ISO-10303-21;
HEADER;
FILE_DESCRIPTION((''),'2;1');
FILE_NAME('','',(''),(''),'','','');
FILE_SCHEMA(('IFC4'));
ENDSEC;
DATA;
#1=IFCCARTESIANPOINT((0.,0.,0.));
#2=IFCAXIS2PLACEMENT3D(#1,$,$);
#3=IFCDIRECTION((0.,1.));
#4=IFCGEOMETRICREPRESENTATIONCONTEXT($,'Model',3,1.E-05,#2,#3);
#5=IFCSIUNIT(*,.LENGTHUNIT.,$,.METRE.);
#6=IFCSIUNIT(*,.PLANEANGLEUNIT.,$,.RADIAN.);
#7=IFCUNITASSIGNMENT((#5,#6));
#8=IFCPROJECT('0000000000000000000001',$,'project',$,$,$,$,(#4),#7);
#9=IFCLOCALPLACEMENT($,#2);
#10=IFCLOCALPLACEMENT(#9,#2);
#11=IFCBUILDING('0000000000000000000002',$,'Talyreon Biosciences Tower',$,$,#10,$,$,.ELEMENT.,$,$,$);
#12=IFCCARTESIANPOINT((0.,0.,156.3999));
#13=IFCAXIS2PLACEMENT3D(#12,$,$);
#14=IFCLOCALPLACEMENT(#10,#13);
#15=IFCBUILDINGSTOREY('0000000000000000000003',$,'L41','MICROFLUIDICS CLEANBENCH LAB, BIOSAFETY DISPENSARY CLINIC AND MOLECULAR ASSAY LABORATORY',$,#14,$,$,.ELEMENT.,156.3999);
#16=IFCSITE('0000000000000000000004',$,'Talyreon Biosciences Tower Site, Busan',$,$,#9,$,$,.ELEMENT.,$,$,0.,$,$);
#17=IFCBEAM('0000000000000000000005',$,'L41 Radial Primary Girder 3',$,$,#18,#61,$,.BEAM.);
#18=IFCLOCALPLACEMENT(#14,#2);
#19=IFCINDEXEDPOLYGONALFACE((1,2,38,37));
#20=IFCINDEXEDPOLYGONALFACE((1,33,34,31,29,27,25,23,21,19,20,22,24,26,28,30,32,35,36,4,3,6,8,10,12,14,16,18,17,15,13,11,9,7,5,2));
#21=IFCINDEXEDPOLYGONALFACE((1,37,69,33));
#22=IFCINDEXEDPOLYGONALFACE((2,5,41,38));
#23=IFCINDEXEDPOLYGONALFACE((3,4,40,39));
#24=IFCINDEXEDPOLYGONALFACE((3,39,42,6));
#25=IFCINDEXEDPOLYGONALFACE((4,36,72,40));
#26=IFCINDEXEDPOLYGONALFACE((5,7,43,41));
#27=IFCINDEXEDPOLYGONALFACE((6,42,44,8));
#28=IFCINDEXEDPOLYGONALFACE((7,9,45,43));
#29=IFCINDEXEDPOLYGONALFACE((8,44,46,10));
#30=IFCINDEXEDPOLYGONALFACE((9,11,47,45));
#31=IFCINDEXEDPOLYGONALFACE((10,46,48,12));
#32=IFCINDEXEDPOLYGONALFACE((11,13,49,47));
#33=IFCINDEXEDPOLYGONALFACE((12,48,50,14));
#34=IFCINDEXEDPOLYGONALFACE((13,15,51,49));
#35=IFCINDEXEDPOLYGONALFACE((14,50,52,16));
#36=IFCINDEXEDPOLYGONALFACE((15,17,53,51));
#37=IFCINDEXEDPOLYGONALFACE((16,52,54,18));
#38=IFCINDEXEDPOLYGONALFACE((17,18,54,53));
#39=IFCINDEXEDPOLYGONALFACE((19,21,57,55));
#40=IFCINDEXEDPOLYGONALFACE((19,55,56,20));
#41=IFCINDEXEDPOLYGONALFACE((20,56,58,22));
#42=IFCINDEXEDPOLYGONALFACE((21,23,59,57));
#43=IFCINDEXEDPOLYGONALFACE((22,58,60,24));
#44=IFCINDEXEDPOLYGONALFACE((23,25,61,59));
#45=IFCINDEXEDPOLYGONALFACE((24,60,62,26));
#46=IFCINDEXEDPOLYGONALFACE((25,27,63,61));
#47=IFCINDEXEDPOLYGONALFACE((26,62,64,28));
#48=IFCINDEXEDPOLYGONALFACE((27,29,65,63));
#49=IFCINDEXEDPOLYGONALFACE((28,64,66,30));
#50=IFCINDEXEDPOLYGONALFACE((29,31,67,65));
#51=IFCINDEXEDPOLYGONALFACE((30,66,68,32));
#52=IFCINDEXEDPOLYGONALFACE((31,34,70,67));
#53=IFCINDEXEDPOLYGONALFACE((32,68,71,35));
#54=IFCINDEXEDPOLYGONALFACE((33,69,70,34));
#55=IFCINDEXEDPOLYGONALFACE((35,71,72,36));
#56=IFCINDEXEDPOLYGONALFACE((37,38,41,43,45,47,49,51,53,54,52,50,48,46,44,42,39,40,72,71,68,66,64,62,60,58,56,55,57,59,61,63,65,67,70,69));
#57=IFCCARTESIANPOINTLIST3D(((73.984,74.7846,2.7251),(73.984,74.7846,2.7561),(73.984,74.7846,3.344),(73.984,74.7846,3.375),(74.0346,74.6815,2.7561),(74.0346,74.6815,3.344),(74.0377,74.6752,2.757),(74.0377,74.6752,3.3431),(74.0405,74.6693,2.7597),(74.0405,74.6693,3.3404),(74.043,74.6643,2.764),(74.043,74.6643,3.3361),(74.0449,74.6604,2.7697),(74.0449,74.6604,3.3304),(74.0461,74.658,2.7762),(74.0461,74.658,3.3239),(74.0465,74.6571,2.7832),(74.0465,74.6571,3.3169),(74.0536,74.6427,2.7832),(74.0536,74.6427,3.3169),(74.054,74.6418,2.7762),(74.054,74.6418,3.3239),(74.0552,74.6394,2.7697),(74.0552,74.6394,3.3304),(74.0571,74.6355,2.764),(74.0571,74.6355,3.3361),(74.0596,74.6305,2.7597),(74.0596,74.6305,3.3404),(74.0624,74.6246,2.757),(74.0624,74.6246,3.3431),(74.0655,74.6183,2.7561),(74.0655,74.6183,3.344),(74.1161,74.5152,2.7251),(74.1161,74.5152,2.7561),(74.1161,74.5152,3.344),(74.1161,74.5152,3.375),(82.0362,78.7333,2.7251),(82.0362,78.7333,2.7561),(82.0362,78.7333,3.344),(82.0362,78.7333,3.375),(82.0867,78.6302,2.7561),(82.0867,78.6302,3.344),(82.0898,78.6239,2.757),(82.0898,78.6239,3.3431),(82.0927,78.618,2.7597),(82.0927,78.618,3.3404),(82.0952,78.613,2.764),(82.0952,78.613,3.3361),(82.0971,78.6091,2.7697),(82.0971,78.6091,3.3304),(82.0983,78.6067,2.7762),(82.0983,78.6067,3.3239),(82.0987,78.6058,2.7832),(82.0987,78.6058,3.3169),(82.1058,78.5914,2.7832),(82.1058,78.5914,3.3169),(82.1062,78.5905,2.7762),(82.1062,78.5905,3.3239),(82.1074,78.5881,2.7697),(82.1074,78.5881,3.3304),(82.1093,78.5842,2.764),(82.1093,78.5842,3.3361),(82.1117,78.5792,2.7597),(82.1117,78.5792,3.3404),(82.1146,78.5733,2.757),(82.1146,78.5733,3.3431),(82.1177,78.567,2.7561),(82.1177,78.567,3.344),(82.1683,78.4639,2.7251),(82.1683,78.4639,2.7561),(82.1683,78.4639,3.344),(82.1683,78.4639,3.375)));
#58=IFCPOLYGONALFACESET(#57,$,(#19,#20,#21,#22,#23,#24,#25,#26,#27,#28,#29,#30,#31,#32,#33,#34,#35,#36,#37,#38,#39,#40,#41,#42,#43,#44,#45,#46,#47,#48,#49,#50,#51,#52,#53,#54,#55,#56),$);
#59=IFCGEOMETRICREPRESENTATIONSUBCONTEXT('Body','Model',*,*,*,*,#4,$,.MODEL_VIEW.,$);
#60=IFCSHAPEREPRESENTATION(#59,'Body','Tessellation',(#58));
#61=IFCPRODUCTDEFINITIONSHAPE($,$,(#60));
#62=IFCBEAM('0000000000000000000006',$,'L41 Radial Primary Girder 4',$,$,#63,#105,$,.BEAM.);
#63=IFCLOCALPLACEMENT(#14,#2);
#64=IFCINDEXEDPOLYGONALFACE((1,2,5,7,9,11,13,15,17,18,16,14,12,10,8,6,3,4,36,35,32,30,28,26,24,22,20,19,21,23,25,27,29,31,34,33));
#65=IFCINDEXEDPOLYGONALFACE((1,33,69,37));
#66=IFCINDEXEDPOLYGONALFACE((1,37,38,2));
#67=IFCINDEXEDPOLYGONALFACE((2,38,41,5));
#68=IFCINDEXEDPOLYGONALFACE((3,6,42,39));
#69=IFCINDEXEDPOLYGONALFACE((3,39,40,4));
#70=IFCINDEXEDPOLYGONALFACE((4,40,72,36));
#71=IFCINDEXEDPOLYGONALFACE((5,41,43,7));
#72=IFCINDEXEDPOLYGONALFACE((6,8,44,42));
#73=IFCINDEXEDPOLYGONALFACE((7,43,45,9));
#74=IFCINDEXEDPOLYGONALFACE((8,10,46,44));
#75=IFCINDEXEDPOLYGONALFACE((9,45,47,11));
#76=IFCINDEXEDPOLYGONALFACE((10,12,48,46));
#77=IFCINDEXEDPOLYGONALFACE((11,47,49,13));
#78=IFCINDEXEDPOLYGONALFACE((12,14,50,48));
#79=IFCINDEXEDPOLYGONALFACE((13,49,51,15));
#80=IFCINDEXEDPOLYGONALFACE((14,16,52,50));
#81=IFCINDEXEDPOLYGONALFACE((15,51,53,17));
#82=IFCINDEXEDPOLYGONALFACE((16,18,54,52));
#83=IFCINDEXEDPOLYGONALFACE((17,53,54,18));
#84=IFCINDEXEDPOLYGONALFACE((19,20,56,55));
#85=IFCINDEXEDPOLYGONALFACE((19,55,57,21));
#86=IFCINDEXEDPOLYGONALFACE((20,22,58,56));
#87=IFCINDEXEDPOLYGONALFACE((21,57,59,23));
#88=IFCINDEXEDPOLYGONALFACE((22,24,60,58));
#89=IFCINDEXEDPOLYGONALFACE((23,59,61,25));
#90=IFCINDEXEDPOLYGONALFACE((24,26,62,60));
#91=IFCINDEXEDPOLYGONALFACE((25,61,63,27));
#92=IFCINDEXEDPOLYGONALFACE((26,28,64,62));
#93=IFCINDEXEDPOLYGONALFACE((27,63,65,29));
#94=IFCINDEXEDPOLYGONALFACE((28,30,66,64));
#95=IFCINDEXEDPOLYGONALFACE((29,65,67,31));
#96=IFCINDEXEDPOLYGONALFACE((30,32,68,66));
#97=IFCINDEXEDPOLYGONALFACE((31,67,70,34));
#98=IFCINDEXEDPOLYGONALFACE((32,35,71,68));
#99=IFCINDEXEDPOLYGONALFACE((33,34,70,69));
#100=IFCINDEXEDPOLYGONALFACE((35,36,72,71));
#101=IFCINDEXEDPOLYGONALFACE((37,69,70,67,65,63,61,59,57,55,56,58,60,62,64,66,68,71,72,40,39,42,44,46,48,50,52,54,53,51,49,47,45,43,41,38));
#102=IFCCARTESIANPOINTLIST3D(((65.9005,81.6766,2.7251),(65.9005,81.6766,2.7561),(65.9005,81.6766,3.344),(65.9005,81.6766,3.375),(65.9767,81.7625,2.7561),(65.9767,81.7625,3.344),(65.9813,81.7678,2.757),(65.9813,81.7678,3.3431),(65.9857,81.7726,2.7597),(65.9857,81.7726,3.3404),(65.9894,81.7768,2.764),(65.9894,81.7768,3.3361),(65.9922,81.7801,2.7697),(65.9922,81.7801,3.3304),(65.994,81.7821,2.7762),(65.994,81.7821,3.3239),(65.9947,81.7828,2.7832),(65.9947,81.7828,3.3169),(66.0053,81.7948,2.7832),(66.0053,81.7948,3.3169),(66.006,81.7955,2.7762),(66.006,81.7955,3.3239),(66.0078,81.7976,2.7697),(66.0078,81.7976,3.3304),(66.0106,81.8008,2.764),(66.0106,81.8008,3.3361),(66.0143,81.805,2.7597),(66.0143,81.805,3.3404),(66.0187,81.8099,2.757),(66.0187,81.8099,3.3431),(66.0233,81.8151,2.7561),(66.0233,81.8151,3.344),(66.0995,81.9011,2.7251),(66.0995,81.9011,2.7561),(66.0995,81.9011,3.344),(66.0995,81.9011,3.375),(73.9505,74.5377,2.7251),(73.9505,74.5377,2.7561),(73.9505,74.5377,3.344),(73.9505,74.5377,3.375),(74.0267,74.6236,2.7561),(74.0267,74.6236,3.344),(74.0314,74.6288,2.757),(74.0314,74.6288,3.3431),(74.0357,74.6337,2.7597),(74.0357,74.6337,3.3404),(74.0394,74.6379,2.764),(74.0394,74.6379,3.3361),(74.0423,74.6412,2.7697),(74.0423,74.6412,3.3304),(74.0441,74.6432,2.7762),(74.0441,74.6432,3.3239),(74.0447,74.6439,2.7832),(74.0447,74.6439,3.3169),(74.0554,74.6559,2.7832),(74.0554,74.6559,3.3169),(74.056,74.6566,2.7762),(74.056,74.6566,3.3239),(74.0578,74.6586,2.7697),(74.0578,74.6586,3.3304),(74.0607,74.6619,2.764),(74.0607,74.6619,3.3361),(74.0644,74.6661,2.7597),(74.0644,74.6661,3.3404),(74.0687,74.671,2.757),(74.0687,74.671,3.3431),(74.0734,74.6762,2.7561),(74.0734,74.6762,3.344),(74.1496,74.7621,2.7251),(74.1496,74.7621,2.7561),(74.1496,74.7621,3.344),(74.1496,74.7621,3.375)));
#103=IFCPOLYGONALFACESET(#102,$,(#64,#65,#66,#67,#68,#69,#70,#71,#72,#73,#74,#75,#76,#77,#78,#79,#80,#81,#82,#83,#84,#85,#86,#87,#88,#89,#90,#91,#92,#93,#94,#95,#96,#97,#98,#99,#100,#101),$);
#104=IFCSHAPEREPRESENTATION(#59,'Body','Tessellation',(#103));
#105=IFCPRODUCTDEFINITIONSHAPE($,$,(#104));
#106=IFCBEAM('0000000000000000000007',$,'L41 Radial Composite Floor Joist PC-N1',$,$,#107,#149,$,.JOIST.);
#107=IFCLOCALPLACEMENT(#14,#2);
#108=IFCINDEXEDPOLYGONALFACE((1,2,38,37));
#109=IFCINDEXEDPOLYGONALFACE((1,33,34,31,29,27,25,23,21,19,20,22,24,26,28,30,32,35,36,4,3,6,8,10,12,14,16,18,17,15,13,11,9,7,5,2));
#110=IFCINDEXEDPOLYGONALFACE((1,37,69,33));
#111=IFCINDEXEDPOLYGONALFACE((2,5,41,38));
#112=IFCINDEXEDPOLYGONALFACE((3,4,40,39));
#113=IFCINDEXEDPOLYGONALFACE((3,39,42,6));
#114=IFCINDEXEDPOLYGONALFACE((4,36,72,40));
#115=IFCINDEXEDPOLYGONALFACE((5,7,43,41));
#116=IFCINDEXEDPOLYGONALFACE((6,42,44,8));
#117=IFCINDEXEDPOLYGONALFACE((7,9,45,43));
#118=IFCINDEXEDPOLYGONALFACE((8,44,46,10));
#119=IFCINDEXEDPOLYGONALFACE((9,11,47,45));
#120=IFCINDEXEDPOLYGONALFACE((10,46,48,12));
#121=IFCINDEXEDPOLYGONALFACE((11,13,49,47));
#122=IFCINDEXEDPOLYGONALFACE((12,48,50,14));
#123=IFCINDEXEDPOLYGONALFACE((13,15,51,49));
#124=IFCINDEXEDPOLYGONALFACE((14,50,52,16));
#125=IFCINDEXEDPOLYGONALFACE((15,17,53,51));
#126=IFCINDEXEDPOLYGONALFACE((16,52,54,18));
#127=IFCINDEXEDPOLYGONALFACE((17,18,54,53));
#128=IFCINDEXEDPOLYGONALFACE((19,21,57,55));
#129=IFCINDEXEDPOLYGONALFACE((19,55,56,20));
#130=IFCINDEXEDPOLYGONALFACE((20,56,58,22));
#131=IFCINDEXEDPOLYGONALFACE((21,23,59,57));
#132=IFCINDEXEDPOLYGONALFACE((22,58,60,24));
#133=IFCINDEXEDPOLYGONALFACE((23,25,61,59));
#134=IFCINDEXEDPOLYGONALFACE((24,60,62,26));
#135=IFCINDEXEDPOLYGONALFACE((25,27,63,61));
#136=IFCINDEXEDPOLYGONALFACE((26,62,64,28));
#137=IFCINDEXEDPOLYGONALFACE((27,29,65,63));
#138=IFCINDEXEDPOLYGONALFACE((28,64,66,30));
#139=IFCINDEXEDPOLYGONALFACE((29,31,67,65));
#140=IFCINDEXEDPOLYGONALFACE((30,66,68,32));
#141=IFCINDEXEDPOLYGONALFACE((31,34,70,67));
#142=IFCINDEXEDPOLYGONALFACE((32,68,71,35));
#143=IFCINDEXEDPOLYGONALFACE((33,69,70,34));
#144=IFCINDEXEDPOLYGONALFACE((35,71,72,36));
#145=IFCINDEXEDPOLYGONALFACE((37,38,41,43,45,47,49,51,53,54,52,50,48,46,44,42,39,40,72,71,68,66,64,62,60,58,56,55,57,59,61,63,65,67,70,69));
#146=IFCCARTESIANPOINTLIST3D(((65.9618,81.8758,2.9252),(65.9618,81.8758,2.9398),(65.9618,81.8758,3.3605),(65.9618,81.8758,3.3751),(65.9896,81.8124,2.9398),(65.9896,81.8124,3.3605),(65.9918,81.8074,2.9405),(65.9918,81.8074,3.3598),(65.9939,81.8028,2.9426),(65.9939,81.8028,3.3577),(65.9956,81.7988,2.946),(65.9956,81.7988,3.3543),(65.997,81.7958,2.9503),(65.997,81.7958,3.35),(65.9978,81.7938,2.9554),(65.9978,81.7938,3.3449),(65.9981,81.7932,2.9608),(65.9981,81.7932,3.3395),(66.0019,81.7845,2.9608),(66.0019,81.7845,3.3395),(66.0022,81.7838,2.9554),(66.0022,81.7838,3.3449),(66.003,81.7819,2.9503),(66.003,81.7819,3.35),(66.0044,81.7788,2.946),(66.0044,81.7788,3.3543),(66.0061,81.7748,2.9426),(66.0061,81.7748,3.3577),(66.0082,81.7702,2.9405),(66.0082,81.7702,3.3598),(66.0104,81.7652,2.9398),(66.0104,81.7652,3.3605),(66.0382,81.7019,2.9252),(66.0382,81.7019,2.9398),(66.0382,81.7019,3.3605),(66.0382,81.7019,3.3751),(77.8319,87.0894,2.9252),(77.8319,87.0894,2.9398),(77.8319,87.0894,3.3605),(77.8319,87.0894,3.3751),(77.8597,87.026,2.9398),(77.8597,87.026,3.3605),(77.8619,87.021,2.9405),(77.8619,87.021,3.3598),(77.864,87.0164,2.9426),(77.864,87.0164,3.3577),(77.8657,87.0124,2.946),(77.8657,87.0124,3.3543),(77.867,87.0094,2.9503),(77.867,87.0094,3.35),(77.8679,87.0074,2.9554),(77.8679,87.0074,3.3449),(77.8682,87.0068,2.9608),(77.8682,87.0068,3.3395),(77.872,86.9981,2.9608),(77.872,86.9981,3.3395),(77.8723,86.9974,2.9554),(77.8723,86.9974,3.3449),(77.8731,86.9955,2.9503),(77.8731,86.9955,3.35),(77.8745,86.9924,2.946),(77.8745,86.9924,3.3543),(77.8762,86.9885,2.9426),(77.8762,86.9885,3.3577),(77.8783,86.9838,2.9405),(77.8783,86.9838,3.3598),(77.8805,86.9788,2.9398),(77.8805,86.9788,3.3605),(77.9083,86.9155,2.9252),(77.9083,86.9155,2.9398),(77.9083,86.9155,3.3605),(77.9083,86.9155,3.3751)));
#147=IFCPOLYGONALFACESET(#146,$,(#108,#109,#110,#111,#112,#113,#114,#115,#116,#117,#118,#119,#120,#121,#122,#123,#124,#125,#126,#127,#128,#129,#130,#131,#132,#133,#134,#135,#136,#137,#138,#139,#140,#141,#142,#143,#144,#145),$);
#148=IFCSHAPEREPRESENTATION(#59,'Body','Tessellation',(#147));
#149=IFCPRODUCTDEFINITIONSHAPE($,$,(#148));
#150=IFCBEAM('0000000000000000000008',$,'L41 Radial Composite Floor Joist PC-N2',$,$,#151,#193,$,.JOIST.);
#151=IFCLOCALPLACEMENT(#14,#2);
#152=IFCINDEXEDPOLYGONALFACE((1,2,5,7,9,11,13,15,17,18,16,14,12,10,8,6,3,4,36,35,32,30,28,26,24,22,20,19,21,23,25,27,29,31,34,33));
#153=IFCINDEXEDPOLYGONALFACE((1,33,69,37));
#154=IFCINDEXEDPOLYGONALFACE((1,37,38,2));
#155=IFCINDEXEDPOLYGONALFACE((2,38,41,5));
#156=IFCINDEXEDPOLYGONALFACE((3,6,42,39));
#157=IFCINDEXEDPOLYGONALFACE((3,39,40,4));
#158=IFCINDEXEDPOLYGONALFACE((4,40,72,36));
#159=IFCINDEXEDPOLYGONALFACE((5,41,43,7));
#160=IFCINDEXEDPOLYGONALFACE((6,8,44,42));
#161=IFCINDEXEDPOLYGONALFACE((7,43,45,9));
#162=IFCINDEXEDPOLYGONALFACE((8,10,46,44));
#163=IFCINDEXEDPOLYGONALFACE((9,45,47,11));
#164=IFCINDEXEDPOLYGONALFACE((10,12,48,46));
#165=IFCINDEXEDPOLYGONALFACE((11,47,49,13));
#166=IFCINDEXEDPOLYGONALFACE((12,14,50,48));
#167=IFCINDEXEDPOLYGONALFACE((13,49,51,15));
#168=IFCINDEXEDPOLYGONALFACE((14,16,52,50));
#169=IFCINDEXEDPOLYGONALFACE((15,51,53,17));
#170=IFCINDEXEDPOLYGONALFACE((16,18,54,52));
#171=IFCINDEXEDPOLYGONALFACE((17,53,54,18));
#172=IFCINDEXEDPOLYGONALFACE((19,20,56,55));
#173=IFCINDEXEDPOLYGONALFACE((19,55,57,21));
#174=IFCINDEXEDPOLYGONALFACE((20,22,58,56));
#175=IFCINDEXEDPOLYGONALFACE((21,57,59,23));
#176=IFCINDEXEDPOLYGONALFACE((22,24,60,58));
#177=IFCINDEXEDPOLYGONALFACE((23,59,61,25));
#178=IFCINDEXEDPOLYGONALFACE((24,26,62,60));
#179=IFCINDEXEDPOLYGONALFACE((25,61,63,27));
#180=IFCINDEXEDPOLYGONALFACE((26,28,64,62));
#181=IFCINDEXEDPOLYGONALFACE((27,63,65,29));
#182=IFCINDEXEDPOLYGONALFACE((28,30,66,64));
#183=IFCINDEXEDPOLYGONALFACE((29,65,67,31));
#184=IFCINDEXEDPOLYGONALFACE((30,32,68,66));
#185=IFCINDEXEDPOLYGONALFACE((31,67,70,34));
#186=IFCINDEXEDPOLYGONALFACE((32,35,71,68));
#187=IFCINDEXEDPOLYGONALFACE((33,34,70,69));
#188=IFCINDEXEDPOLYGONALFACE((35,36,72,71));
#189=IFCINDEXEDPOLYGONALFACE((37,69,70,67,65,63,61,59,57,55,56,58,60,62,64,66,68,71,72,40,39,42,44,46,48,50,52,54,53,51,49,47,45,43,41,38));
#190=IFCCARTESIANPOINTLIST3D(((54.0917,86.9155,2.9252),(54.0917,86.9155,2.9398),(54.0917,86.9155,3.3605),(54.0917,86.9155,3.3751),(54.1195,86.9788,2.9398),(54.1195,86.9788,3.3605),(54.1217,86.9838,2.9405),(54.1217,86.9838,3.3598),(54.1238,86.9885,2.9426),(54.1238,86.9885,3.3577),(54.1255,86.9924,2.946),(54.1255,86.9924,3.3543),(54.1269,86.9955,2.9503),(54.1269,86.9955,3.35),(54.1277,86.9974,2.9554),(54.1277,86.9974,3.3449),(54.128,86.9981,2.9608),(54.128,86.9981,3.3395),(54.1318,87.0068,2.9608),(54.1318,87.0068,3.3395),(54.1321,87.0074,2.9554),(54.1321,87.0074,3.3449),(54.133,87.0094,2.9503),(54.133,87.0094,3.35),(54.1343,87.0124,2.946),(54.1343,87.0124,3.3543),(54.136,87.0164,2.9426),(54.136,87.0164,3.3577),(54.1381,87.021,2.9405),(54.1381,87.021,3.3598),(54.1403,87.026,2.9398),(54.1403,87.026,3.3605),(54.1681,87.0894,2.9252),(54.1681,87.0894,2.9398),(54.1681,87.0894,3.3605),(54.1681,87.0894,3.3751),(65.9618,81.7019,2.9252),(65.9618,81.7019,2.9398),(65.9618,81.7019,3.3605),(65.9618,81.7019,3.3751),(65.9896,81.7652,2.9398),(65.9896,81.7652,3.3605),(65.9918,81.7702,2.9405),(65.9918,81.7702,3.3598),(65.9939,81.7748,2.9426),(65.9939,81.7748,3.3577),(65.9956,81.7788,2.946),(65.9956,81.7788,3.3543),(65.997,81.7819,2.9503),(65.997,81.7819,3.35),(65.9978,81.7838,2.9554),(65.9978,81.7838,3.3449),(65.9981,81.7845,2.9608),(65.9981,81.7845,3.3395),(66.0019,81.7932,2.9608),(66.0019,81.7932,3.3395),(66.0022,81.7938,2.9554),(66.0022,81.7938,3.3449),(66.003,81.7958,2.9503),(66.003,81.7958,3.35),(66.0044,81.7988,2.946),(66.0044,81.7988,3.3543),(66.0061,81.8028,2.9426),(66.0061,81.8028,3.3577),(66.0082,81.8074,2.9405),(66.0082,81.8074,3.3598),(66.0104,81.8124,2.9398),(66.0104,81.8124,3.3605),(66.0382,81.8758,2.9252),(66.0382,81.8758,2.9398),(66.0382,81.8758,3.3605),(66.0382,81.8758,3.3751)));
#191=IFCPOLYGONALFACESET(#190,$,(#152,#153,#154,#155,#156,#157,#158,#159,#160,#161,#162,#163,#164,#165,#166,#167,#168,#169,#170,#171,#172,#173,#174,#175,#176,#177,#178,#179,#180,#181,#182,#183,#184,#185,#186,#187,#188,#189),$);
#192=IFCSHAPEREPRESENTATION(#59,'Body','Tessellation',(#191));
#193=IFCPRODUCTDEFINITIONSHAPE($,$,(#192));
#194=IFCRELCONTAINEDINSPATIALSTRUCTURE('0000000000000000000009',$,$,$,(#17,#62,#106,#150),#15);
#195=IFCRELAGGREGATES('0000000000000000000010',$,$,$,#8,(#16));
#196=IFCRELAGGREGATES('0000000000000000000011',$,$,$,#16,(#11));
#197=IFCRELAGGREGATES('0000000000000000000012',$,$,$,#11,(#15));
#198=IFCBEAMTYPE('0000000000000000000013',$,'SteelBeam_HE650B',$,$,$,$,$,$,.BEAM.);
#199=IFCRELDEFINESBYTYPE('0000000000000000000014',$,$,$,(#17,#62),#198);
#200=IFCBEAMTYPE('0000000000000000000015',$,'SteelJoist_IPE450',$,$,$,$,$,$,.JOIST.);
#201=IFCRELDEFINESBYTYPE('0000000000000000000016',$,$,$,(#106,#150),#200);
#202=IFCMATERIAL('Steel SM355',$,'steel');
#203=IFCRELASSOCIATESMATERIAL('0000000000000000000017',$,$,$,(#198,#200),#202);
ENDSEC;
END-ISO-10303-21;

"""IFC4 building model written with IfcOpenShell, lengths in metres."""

from ifc_helpers import new_model, si_unit, direction, frame, origin, origin_2d, place, context, subcontext, project, spatial, i_section, extrude, material, material_profile, profile_set, type_object, element, save


model = new_model("IFC4")

# Units and contexts
model_context = context("Model", 3, precision=1e-05, world=origin(), true_north=direction((0.0, 1.0)))
body_context = subcontext(model_context, "Body", "Model", "MODEL_VIEW")
ifc_project = project(units=[si_unit("LENGTHUNIT", "METRE"), si_unit("PLANEANGLEUNIT", "RADIAN")], contexts=[model_context])

# Site, building, storey
site_placement = place(None, origin())
site = spatial("IfcSite", under=ifc_project, at=site_placement, Name="Talyreon Biosciences Tower Site, Busan", CompositionType="ELEMENT", RefElevation=0.0)
building_placement = place(site_placement, origin())
building = spatial("IfcBuilding", under=site, at=building_placement, Name="Talyreon Biosciences Tower", CompositionType="ELEMENT")
storey_placement = place(building_placement, frame((0.0, 0.0, 156.3999)))
storey = spatial("IfcBuildingStorey", under=building, at=storey_placement, Name="L41", Description="MICROFLUIDICS CLEANBENCH LAB, BIOSAFETY DISPENSARY CLINIC AND MOLECULAR ASSAY LABORATORY", CompositionType="ELEMENT", Elevation=156.3999)

# Beams
ifc_material_1 = material(Name="Steel SM355", Category="steel")
ifc_material_profile_1 = material_profile(ifc_material_1, i_section(OverallWidth=0.3, OverallDepth=0.6499, WebThickness=0.0161, FlangeThickness=0.031, FilletRadius=0.0271, at=origin_2d()), Name="HE650B")
ifc_profile_set_1 = profile_set([ifc_material_profile_1], Name="Steel SM355")
beam_type_1 = type_object("IfcBeamType", Name="SteelBeam_HE650B", PredefinedType="BEAM", material=ifc_profile_set_1)
beam_1_placement = place(storey_placement, frame((74.05, 74.6499, 3.05), z_axis=(0.897852, 0.440297, 0.0), x_axis=(-0.440297, 0.897852, 0.0)))
element("IfcBeam", 1, at=beam_1_placement, inside=storey, type_object=beam_type_1, Name="L41 Radial Primary Girder 3", PredefinedType="BEAM", context=body_context, shape_type="SweptSolid", body=[
    extrude(i_section(OverallWidth=0.3, OverallDepth=0.6499, WebThickness=0.0161, FlangeThickness=0.031, FilletRadius=0.0271, at=origin_2d()), origin(), (0.0, 0.0, 1.0), 8.9683),
])
beam_2_placement = place(storey_placement, frame((74.05, 74.6499, 3.05), z_axis=(-0.748179, 0.663497, 0.0), x_axis=(-0.663497, -0.748179, 0.0)))
element("IfcBeam", 2, at=beam_2_placement, inside=storey, type_object=beam_type_1, Name="L41 Radial Primary Girder 4", PredefinedType="BEAM", context=body_context, shape_type="SweptSolid", body=[
    extrude(i_section(OverallWidth=0.3, OverallDepth=0.6499, WebThickness=0.0161, FlangeThickness=0.031, FilletRadius=0.0271, at=origin_2d()), origin(), (0.0, 0.0, 1.0), 10.7595),
])
ifc_material_profile_2 = material_profile(ifc_material_1, i_section(OverallWidth=0.1899, OverallDepth=0.45, WebThickness=0.0095, FlangeThickness=0.0146, FilletRadius=0.021, at=origin_2d()), Name="IPE450")
ifc_profile_set_2 = profile_set([ifc_material_profile_2], Name="Steel SM355")
beam_type_2 = type_object("IfcBeamType", Name="SteelJoist_IPE450", PredefinedType="JOIST", material=ifc_profile_set_2)
for number, where, z_axis, x_axis, name in (
    (3, (66.0, 81.7888, 3.1501), (0.915577, 0.402142, 0.0), (-0.402142, 0.915577, 0.0), "L41 Radial Composite Floor Joist PC-N1"),
    (4, (66.0, 81.7888, 3.1501), (-0.915577, 0.402142, 0.0), (-0.402142, -0.915577, 0.0), "L41 Radial Composite Floor Joist PC-N2"),
):
    element("IfcBeam", number, at=place(storey_placement, frame(where, z_axis=z_axis, x_axis=x_axis)), inside=storey, type_object=beam_type_2, Name=name, PredefinedType="JOIST", context=body_context, shape_type="SweptSolid", body=[
        extrude(i_section(OverallWidth=0.1899, OverallDepth=0.45, WebThickness=0.0095, FlangeThickness=0.0146, FilletRadius=0.021, at=origin_2d()), origin(), (0.0, 0.0, 1.0), 12.9646),
    ])

save(model, "model.ifc")
